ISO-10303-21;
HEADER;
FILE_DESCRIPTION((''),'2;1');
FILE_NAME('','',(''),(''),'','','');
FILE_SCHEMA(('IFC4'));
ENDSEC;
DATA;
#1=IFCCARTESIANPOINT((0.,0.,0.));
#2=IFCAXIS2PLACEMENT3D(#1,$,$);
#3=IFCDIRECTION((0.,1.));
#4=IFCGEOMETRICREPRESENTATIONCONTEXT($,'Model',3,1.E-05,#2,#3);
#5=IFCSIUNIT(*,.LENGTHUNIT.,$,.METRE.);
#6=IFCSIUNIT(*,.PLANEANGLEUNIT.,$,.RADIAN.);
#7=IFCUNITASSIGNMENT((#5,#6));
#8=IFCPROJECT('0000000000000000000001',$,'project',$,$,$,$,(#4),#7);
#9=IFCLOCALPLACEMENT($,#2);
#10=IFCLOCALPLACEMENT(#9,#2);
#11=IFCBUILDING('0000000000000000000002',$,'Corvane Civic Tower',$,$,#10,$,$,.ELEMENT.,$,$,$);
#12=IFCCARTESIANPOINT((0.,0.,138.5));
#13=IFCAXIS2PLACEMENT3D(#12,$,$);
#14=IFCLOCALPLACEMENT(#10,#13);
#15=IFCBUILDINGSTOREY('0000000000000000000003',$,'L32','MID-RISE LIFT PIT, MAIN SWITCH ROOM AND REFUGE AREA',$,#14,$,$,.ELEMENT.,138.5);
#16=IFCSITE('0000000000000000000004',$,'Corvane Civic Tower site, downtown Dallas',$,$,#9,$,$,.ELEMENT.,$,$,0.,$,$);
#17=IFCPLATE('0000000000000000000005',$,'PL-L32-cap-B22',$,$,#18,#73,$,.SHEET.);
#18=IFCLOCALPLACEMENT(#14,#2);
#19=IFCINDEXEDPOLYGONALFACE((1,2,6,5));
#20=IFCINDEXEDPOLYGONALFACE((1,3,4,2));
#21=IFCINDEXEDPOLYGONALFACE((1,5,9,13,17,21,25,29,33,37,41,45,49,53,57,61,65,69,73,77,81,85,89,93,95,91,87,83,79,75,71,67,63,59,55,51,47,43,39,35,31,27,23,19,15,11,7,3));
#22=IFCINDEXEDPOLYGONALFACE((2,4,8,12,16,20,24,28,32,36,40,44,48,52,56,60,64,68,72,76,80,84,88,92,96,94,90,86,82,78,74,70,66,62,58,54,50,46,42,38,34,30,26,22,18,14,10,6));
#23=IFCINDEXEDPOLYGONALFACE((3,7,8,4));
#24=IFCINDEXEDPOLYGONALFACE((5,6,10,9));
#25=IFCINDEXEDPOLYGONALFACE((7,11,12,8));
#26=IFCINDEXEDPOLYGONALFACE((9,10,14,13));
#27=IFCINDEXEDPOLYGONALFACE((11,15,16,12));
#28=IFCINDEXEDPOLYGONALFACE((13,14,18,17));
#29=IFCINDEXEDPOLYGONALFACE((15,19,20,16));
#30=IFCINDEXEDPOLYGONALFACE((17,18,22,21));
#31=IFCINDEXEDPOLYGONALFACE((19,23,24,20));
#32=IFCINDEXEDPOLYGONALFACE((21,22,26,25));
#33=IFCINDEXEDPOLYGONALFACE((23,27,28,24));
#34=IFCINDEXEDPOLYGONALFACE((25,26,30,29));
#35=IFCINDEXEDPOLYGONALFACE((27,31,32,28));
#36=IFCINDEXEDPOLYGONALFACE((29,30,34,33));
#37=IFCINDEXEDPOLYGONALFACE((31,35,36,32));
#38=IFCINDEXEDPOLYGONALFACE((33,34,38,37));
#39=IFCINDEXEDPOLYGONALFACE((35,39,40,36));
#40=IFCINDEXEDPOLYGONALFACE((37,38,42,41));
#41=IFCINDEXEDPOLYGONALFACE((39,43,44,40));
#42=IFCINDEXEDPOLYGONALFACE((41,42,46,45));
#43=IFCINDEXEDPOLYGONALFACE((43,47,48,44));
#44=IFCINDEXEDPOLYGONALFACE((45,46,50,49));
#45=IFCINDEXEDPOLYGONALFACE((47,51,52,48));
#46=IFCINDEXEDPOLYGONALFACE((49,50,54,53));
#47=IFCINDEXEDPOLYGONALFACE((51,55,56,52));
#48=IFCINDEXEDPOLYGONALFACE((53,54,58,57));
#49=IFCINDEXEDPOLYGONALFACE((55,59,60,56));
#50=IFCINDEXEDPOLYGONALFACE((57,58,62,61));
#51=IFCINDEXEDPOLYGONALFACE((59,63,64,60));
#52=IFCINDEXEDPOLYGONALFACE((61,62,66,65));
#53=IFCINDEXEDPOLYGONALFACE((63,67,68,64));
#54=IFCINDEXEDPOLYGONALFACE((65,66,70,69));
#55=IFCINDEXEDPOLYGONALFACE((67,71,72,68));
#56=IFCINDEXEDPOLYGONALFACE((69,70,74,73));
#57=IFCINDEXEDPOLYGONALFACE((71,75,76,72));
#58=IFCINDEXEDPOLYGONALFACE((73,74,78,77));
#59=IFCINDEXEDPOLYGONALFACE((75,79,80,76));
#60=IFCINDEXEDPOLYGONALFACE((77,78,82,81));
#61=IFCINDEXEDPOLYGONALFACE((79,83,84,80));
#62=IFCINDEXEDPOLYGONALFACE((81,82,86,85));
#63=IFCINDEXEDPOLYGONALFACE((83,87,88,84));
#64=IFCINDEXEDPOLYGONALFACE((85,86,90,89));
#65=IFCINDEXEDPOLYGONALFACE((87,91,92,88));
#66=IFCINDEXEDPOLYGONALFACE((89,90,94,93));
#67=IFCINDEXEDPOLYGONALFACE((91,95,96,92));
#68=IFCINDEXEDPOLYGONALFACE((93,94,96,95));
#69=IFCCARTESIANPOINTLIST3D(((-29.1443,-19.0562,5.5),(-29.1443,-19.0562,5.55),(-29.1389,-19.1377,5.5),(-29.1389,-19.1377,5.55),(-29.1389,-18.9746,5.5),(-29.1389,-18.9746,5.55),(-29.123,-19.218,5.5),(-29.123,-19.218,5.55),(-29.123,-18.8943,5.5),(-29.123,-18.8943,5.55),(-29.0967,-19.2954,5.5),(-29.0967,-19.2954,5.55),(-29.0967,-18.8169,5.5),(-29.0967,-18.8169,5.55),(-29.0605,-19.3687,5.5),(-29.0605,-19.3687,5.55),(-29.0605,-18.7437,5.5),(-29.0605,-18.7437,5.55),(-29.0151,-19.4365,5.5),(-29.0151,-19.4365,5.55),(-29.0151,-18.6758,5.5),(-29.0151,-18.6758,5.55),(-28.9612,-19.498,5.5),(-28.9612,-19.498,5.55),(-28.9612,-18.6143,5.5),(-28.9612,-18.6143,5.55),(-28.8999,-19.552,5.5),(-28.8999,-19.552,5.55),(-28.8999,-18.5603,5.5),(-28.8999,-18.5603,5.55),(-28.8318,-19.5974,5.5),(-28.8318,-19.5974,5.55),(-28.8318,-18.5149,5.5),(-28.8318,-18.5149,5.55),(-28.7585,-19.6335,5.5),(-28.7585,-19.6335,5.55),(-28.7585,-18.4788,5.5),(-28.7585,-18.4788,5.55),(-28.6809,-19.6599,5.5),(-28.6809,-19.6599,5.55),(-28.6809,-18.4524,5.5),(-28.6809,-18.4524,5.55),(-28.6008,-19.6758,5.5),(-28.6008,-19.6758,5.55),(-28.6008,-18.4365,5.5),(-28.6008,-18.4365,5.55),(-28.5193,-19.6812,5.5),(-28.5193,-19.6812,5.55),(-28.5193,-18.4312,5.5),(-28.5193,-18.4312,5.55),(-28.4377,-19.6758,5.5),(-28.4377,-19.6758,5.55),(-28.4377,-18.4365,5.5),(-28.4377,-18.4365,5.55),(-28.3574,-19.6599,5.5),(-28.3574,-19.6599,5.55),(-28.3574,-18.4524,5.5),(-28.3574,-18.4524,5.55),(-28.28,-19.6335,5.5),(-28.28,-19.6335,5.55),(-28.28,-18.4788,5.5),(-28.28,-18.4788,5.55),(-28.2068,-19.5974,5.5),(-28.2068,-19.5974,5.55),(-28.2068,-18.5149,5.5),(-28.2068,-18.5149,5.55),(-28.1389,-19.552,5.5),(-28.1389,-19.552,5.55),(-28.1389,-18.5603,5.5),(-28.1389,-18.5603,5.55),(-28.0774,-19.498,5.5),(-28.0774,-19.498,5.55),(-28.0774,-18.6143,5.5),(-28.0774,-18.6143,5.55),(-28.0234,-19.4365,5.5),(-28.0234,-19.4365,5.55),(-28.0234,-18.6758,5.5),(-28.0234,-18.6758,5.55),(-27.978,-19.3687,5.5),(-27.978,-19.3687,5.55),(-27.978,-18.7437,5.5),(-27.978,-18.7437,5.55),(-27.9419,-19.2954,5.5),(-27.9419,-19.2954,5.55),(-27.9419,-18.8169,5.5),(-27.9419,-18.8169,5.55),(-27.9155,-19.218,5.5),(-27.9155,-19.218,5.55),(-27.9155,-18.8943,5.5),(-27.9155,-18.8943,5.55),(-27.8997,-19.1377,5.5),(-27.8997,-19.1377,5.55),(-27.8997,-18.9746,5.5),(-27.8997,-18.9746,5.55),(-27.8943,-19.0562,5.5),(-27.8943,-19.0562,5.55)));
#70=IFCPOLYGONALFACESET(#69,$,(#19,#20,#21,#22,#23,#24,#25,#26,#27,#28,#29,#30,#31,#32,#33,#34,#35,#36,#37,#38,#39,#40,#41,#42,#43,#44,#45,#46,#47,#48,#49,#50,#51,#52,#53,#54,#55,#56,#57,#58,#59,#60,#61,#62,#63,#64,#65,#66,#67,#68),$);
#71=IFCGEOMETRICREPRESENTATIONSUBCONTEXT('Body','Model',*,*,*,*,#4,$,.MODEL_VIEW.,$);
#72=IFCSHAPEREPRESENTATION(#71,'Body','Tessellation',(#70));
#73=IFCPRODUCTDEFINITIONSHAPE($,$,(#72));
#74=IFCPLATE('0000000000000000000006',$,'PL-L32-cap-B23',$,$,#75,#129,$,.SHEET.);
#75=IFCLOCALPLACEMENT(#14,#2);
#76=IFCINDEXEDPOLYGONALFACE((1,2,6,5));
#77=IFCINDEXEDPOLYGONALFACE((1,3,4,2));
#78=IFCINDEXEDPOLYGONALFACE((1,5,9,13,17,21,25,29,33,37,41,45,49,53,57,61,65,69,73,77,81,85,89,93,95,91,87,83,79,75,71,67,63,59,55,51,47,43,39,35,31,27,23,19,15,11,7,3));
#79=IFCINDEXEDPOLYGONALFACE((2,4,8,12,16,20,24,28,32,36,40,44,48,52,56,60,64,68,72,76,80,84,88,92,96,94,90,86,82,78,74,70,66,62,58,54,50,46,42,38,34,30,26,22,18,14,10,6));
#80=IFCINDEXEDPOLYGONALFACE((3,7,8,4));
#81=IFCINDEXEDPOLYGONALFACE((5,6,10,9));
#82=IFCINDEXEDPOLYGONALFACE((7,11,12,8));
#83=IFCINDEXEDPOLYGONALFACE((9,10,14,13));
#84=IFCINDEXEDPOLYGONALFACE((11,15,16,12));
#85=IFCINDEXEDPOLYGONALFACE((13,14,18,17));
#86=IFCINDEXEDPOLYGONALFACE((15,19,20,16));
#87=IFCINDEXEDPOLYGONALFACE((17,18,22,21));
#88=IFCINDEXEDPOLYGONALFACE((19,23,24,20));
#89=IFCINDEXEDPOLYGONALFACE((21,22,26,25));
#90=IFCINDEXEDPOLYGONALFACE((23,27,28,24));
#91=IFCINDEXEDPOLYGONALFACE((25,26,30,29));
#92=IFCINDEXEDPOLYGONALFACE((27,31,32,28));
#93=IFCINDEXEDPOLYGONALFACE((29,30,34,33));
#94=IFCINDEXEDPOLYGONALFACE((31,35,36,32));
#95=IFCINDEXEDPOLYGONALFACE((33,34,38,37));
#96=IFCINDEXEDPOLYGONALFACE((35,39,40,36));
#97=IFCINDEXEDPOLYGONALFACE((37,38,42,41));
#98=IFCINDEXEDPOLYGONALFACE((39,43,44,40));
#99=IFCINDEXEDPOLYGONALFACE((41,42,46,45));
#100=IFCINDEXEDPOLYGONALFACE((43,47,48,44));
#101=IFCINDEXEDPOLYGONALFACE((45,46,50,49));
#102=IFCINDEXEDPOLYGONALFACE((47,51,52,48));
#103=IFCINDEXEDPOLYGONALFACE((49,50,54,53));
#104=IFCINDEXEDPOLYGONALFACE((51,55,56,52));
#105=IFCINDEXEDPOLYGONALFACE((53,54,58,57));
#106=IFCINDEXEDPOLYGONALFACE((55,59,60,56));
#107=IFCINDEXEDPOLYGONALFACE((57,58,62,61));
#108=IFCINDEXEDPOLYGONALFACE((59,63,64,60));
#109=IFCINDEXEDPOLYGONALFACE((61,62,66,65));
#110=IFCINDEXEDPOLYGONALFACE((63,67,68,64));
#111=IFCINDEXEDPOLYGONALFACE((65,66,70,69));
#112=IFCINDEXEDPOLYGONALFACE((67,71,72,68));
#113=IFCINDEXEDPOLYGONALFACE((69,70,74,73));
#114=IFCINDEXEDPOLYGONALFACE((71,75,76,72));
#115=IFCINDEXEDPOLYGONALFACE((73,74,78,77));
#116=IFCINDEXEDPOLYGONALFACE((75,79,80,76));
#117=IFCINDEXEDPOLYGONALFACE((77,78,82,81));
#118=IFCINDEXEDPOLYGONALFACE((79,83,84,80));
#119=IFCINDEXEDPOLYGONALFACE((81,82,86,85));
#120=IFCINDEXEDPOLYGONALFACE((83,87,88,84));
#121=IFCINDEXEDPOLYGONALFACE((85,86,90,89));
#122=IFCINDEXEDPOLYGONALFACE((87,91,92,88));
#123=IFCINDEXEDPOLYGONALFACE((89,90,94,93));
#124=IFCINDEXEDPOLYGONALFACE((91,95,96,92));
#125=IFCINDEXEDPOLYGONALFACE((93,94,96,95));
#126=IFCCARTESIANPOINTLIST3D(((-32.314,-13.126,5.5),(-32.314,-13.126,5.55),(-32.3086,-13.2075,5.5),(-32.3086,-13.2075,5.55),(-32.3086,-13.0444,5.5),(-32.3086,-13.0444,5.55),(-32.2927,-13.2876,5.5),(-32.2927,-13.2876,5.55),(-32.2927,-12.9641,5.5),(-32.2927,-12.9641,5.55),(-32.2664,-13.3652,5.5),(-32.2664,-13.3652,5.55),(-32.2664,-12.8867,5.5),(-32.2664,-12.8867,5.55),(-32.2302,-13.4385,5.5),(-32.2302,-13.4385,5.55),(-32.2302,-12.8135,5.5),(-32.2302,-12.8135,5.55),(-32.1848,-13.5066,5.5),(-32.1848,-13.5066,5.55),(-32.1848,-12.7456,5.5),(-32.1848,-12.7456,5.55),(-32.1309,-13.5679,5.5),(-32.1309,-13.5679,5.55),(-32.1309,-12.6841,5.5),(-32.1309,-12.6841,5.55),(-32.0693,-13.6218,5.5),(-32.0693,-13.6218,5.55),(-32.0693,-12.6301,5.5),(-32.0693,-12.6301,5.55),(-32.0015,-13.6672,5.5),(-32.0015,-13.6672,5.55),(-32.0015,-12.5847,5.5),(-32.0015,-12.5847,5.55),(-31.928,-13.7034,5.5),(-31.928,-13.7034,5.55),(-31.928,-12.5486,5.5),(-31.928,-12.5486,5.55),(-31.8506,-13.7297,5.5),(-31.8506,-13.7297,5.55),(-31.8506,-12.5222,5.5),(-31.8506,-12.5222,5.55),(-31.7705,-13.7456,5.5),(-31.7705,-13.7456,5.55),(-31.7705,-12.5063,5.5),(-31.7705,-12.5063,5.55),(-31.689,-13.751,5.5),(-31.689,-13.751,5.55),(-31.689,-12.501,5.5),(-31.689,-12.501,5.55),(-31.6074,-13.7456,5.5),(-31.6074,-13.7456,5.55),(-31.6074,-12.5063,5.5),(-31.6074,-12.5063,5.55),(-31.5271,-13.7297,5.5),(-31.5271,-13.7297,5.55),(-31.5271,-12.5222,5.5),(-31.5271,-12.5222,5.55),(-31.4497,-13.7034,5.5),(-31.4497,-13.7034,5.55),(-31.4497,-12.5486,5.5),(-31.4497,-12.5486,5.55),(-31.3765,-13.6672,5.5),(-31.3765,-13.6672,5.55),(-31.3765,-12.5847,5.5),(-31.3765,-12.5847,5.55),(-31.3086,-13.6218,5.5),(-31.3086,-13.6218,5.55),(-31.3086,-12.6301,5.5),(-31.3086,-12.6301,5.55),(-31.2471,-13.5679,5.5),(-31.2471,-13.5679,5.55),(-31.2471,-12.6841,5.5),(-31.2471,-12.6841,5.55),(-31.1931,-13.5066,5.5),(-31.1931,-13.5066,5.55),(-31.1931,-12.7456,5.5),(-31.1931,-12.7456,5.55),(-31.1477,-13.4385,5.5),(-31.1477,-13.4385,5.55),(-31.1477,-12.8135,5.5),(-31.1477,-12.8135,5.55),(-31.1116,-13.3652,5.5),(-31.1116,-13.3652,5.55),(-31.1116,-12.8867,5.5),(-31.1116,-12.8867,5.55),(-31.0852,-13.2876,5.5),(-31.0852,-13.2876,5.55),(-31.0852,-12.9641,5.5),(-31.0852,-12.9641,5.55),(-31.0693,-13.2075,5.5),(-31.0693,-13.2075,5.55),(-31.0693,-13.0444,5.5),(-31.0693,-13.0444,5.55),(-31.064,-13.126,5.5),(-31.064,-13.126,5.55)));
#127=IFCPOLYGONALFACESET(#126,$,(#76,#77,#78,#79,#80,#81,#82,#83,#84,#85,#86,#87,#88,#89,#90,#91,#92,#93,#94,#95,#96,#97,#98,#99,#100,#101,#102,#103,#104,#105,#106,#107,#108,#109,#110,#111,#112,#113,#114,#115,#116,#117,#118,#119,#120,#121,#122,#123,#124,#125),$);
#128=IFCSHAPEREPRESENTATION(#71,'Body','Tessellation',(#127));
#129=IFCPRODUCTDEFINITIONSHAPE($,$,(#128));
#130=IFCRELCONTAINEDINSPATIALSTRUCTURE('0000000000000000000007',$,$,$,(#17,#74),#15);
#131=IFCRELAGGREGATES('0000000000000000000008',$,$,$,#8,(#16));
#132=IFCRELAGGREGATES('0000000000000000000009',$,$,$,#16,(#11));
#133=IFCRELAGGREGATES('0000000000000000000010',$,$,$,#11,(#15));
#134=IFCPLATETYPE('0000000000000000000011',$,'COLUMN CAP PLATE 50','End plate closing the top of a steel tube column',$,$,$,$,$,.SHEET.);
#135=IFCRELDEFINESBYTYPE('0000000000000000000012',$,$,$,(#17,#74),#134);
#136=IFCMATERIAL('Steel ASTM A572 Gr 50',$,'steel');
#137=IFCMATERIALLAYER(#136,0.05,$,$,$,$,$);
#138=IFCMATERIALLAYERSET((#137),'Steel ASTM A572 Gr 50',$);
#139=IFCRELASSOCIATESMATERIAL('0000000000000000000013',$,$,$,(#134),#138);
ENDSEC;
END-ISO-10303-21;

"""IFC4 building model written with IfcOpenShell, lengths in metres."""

from ifc_helpers import new_model, si_unit, direction, frame, origin, place, context, subcontext, project, spatial, polyline, outline, extrude, material, layer, layer_set, type_object, element, save


model = new_model("IFC4")

# Units and contexts
model_context = context("Model", 3, precision=1e-05, world=origin(), true_north=direction((0.0, 1.0)))
body_context = subcontext(model_context, "Body", "Model", "MODEL_VIEW")
ifc_project = project(units=[si_unit("LENGTHUNIT", "METRE"), si_unit("PLANEANGLEUNIT", "RADIAN")], contexts=[model_context])

# Site, building, storey
site_placement = place(None, origin())
site = spatial("IfcSite", under=ifc_project, at=site_placement, Name="Corvane Civic Tower site, downtown Dallas", CompositionType="ELEMENT", RefElevation=0.0)
building_placement = place(site_placement, origin())
building = spatial("IfcBuilding", under=site, at=building_placement, Name="Corvane Civic Tower", CompositionType="ELEMENT")
storey_placement = place(building_placement, frame((0.0, 0.0, 138.5)))
storey = spatial("IfcBuildingStorey", under=building, at=storey_placement, Name="L32", Description="MID-RISE LIFT PIT, MAIN SWITCH ROOM AND REFUGE AREA", CompositionType="ELEMENT", Elevation=138.5)

# Plates
ifc_material_1 = material(Name="Steel ASTM A572 Gr 50", Category="steel")
ifc_layer_1 = layer(ifc_material_1, 0.05)
ifc_layer_set_1 = layer_set([ifc_layer_1], Name="Steel ASTM A572 Gr 50")
plate_type = type_object("IfcPlateType", Name="COLUMN CAP PLATE 50", Description="End plate closing the top of a steel tube column", PredefinedType="SHEET", material=ifc_layer_set_1)
plate_1_placement = place(storey_placement, frame((0.0, 0.0, 5.5)))
element("IfcPlate", 1, at=plate_1_placement, inside=storey, type_object=plate_type, Name="PL-L32-cap-B22", PredefinedType="SHEET", context=body_context, shape_type="SweptSolid", body=[
    extrude(outline(polyline([(-27.8943, -19.0562), (-27.8997, -18.9746), (-27.9155, -18.8943), (-27.9419, -18.8169), (-27.978, -18.7437), (-28.0234, -18.6758), (-28.0774, -18.6143), (-28.1389, -18.5603), (-28.2068, -18.5149), (-28.28, -18.4788), (-28.3574, -18.4524), (-28.4377, -18.4365), (-28.5193, -18.4312), (-28.6008, -18.4365), (-28.6809, -18.4524), (-28.7585, -18.4788), (-28.8318, -18.5149), (-28.8999, -18.5603), (-28.9612, -18.6143), (-29.0151, -18.6758), (-29.0605, -18.7437), (-29.0967, -18.8169), (-29.123, -18.8943), (-29.1389, -18.9746), (-29.1443, -19.0562), (-29.1389, -19.1377), (-29.123, -19.218), (-29.0967, -19.2954), (-29.0605, -19.3687), (-29.0151, -19.4365), (-28.9612, -19.498), (-28.8999, -19.552), (-28.8318, -19.5974), (-28.7585, -19.6335), (-28.6809, -19.6599), (-28.6008, -19.6758), (-28.5193, -19.6812), (-28.4377, -19.6758), (-28.3574, -19.6599), (-28.28, -19.6335), (-28.2068, -19.5974), (-28.1389, -19.552), (-28.0774, -19.498), (-28.0234, -19.4365), (-27.978, -19.3687), (-27.9419, -19.2954), (-27.9155, -19.218), (-27.8997, -19.1377), (-27.8943, -19.0562)])), origin(), (0.0, 0.0, 1.0), 0.05),
])
plate_2_placement = place(storey_placement, frame((0.0, 0.0, 5.5)))
element("IfcPlate", 2, at=plate_2_placement, inside=storey, type_object=plate_type, Name="PL-L32-cap-B23", PredefinedType="SHEET", context=body_context, shape_type="SweptSolid", body=[
    extrude(outline(polyline([(-31.064, -13.126), (-31.0693, -13.0444), (-31.0852, -12.9641), (-31.1116, -12.8867), (-31.1477, -12.8135), (-31.1931, -12.7456), (-31.2471, -12.6841), (-31.3086, -12.6301), (-31.3765, -12.5847), (-31.4497, -12.5486), (-31.5271, -12.5222), (-31.6074, -12.5063), (-31.689, -12.501), (-31.7705, -12.5063), (-31.8506, -12.5222), (-31.928, -12.5486), (-32.0015, -12.5847), (-32.0693, -12.6301), (-32.1309, -12.6841), (-32.1848, -12.7456), (-32.2302, -12.8135), (-32.2664, -12.8867), (-32.2927, -12.9641), (-32.3086, -13.0444), (-32.314, -13.126), (-32.3086, -13.2075), (-32.2927, -13.2876), (-32.2664, -13.3652), (-32.2302, -13.4385), (-32.1848, -13.5066), (-32.1309, -13.5679), (-32.0693, -13.6218), (-32.0015, -13.6672), (-31.928, -13.7034), (-31.8506, -13.7297), (-31.7705, -13.7456), (-31.689, -13.751), (-31.6074, -13.7456), (-31.5271, -13.7297), (-31.4497, -13.7034), (-31.3765, -13.6672), (-31.3086, -13.6218), (-31.2471, -13.5679), (-31.1931, -13.5066), (-31.1477, -13.4385), (-31.1116, -13.3652), (-31.0852, -13.2876), (-31.0693, -13.2075), (-31.064, -13.126)])), origin(), (0.0, 0.0, 1.0), 0.05),
])

save(model, "model.ifc")
